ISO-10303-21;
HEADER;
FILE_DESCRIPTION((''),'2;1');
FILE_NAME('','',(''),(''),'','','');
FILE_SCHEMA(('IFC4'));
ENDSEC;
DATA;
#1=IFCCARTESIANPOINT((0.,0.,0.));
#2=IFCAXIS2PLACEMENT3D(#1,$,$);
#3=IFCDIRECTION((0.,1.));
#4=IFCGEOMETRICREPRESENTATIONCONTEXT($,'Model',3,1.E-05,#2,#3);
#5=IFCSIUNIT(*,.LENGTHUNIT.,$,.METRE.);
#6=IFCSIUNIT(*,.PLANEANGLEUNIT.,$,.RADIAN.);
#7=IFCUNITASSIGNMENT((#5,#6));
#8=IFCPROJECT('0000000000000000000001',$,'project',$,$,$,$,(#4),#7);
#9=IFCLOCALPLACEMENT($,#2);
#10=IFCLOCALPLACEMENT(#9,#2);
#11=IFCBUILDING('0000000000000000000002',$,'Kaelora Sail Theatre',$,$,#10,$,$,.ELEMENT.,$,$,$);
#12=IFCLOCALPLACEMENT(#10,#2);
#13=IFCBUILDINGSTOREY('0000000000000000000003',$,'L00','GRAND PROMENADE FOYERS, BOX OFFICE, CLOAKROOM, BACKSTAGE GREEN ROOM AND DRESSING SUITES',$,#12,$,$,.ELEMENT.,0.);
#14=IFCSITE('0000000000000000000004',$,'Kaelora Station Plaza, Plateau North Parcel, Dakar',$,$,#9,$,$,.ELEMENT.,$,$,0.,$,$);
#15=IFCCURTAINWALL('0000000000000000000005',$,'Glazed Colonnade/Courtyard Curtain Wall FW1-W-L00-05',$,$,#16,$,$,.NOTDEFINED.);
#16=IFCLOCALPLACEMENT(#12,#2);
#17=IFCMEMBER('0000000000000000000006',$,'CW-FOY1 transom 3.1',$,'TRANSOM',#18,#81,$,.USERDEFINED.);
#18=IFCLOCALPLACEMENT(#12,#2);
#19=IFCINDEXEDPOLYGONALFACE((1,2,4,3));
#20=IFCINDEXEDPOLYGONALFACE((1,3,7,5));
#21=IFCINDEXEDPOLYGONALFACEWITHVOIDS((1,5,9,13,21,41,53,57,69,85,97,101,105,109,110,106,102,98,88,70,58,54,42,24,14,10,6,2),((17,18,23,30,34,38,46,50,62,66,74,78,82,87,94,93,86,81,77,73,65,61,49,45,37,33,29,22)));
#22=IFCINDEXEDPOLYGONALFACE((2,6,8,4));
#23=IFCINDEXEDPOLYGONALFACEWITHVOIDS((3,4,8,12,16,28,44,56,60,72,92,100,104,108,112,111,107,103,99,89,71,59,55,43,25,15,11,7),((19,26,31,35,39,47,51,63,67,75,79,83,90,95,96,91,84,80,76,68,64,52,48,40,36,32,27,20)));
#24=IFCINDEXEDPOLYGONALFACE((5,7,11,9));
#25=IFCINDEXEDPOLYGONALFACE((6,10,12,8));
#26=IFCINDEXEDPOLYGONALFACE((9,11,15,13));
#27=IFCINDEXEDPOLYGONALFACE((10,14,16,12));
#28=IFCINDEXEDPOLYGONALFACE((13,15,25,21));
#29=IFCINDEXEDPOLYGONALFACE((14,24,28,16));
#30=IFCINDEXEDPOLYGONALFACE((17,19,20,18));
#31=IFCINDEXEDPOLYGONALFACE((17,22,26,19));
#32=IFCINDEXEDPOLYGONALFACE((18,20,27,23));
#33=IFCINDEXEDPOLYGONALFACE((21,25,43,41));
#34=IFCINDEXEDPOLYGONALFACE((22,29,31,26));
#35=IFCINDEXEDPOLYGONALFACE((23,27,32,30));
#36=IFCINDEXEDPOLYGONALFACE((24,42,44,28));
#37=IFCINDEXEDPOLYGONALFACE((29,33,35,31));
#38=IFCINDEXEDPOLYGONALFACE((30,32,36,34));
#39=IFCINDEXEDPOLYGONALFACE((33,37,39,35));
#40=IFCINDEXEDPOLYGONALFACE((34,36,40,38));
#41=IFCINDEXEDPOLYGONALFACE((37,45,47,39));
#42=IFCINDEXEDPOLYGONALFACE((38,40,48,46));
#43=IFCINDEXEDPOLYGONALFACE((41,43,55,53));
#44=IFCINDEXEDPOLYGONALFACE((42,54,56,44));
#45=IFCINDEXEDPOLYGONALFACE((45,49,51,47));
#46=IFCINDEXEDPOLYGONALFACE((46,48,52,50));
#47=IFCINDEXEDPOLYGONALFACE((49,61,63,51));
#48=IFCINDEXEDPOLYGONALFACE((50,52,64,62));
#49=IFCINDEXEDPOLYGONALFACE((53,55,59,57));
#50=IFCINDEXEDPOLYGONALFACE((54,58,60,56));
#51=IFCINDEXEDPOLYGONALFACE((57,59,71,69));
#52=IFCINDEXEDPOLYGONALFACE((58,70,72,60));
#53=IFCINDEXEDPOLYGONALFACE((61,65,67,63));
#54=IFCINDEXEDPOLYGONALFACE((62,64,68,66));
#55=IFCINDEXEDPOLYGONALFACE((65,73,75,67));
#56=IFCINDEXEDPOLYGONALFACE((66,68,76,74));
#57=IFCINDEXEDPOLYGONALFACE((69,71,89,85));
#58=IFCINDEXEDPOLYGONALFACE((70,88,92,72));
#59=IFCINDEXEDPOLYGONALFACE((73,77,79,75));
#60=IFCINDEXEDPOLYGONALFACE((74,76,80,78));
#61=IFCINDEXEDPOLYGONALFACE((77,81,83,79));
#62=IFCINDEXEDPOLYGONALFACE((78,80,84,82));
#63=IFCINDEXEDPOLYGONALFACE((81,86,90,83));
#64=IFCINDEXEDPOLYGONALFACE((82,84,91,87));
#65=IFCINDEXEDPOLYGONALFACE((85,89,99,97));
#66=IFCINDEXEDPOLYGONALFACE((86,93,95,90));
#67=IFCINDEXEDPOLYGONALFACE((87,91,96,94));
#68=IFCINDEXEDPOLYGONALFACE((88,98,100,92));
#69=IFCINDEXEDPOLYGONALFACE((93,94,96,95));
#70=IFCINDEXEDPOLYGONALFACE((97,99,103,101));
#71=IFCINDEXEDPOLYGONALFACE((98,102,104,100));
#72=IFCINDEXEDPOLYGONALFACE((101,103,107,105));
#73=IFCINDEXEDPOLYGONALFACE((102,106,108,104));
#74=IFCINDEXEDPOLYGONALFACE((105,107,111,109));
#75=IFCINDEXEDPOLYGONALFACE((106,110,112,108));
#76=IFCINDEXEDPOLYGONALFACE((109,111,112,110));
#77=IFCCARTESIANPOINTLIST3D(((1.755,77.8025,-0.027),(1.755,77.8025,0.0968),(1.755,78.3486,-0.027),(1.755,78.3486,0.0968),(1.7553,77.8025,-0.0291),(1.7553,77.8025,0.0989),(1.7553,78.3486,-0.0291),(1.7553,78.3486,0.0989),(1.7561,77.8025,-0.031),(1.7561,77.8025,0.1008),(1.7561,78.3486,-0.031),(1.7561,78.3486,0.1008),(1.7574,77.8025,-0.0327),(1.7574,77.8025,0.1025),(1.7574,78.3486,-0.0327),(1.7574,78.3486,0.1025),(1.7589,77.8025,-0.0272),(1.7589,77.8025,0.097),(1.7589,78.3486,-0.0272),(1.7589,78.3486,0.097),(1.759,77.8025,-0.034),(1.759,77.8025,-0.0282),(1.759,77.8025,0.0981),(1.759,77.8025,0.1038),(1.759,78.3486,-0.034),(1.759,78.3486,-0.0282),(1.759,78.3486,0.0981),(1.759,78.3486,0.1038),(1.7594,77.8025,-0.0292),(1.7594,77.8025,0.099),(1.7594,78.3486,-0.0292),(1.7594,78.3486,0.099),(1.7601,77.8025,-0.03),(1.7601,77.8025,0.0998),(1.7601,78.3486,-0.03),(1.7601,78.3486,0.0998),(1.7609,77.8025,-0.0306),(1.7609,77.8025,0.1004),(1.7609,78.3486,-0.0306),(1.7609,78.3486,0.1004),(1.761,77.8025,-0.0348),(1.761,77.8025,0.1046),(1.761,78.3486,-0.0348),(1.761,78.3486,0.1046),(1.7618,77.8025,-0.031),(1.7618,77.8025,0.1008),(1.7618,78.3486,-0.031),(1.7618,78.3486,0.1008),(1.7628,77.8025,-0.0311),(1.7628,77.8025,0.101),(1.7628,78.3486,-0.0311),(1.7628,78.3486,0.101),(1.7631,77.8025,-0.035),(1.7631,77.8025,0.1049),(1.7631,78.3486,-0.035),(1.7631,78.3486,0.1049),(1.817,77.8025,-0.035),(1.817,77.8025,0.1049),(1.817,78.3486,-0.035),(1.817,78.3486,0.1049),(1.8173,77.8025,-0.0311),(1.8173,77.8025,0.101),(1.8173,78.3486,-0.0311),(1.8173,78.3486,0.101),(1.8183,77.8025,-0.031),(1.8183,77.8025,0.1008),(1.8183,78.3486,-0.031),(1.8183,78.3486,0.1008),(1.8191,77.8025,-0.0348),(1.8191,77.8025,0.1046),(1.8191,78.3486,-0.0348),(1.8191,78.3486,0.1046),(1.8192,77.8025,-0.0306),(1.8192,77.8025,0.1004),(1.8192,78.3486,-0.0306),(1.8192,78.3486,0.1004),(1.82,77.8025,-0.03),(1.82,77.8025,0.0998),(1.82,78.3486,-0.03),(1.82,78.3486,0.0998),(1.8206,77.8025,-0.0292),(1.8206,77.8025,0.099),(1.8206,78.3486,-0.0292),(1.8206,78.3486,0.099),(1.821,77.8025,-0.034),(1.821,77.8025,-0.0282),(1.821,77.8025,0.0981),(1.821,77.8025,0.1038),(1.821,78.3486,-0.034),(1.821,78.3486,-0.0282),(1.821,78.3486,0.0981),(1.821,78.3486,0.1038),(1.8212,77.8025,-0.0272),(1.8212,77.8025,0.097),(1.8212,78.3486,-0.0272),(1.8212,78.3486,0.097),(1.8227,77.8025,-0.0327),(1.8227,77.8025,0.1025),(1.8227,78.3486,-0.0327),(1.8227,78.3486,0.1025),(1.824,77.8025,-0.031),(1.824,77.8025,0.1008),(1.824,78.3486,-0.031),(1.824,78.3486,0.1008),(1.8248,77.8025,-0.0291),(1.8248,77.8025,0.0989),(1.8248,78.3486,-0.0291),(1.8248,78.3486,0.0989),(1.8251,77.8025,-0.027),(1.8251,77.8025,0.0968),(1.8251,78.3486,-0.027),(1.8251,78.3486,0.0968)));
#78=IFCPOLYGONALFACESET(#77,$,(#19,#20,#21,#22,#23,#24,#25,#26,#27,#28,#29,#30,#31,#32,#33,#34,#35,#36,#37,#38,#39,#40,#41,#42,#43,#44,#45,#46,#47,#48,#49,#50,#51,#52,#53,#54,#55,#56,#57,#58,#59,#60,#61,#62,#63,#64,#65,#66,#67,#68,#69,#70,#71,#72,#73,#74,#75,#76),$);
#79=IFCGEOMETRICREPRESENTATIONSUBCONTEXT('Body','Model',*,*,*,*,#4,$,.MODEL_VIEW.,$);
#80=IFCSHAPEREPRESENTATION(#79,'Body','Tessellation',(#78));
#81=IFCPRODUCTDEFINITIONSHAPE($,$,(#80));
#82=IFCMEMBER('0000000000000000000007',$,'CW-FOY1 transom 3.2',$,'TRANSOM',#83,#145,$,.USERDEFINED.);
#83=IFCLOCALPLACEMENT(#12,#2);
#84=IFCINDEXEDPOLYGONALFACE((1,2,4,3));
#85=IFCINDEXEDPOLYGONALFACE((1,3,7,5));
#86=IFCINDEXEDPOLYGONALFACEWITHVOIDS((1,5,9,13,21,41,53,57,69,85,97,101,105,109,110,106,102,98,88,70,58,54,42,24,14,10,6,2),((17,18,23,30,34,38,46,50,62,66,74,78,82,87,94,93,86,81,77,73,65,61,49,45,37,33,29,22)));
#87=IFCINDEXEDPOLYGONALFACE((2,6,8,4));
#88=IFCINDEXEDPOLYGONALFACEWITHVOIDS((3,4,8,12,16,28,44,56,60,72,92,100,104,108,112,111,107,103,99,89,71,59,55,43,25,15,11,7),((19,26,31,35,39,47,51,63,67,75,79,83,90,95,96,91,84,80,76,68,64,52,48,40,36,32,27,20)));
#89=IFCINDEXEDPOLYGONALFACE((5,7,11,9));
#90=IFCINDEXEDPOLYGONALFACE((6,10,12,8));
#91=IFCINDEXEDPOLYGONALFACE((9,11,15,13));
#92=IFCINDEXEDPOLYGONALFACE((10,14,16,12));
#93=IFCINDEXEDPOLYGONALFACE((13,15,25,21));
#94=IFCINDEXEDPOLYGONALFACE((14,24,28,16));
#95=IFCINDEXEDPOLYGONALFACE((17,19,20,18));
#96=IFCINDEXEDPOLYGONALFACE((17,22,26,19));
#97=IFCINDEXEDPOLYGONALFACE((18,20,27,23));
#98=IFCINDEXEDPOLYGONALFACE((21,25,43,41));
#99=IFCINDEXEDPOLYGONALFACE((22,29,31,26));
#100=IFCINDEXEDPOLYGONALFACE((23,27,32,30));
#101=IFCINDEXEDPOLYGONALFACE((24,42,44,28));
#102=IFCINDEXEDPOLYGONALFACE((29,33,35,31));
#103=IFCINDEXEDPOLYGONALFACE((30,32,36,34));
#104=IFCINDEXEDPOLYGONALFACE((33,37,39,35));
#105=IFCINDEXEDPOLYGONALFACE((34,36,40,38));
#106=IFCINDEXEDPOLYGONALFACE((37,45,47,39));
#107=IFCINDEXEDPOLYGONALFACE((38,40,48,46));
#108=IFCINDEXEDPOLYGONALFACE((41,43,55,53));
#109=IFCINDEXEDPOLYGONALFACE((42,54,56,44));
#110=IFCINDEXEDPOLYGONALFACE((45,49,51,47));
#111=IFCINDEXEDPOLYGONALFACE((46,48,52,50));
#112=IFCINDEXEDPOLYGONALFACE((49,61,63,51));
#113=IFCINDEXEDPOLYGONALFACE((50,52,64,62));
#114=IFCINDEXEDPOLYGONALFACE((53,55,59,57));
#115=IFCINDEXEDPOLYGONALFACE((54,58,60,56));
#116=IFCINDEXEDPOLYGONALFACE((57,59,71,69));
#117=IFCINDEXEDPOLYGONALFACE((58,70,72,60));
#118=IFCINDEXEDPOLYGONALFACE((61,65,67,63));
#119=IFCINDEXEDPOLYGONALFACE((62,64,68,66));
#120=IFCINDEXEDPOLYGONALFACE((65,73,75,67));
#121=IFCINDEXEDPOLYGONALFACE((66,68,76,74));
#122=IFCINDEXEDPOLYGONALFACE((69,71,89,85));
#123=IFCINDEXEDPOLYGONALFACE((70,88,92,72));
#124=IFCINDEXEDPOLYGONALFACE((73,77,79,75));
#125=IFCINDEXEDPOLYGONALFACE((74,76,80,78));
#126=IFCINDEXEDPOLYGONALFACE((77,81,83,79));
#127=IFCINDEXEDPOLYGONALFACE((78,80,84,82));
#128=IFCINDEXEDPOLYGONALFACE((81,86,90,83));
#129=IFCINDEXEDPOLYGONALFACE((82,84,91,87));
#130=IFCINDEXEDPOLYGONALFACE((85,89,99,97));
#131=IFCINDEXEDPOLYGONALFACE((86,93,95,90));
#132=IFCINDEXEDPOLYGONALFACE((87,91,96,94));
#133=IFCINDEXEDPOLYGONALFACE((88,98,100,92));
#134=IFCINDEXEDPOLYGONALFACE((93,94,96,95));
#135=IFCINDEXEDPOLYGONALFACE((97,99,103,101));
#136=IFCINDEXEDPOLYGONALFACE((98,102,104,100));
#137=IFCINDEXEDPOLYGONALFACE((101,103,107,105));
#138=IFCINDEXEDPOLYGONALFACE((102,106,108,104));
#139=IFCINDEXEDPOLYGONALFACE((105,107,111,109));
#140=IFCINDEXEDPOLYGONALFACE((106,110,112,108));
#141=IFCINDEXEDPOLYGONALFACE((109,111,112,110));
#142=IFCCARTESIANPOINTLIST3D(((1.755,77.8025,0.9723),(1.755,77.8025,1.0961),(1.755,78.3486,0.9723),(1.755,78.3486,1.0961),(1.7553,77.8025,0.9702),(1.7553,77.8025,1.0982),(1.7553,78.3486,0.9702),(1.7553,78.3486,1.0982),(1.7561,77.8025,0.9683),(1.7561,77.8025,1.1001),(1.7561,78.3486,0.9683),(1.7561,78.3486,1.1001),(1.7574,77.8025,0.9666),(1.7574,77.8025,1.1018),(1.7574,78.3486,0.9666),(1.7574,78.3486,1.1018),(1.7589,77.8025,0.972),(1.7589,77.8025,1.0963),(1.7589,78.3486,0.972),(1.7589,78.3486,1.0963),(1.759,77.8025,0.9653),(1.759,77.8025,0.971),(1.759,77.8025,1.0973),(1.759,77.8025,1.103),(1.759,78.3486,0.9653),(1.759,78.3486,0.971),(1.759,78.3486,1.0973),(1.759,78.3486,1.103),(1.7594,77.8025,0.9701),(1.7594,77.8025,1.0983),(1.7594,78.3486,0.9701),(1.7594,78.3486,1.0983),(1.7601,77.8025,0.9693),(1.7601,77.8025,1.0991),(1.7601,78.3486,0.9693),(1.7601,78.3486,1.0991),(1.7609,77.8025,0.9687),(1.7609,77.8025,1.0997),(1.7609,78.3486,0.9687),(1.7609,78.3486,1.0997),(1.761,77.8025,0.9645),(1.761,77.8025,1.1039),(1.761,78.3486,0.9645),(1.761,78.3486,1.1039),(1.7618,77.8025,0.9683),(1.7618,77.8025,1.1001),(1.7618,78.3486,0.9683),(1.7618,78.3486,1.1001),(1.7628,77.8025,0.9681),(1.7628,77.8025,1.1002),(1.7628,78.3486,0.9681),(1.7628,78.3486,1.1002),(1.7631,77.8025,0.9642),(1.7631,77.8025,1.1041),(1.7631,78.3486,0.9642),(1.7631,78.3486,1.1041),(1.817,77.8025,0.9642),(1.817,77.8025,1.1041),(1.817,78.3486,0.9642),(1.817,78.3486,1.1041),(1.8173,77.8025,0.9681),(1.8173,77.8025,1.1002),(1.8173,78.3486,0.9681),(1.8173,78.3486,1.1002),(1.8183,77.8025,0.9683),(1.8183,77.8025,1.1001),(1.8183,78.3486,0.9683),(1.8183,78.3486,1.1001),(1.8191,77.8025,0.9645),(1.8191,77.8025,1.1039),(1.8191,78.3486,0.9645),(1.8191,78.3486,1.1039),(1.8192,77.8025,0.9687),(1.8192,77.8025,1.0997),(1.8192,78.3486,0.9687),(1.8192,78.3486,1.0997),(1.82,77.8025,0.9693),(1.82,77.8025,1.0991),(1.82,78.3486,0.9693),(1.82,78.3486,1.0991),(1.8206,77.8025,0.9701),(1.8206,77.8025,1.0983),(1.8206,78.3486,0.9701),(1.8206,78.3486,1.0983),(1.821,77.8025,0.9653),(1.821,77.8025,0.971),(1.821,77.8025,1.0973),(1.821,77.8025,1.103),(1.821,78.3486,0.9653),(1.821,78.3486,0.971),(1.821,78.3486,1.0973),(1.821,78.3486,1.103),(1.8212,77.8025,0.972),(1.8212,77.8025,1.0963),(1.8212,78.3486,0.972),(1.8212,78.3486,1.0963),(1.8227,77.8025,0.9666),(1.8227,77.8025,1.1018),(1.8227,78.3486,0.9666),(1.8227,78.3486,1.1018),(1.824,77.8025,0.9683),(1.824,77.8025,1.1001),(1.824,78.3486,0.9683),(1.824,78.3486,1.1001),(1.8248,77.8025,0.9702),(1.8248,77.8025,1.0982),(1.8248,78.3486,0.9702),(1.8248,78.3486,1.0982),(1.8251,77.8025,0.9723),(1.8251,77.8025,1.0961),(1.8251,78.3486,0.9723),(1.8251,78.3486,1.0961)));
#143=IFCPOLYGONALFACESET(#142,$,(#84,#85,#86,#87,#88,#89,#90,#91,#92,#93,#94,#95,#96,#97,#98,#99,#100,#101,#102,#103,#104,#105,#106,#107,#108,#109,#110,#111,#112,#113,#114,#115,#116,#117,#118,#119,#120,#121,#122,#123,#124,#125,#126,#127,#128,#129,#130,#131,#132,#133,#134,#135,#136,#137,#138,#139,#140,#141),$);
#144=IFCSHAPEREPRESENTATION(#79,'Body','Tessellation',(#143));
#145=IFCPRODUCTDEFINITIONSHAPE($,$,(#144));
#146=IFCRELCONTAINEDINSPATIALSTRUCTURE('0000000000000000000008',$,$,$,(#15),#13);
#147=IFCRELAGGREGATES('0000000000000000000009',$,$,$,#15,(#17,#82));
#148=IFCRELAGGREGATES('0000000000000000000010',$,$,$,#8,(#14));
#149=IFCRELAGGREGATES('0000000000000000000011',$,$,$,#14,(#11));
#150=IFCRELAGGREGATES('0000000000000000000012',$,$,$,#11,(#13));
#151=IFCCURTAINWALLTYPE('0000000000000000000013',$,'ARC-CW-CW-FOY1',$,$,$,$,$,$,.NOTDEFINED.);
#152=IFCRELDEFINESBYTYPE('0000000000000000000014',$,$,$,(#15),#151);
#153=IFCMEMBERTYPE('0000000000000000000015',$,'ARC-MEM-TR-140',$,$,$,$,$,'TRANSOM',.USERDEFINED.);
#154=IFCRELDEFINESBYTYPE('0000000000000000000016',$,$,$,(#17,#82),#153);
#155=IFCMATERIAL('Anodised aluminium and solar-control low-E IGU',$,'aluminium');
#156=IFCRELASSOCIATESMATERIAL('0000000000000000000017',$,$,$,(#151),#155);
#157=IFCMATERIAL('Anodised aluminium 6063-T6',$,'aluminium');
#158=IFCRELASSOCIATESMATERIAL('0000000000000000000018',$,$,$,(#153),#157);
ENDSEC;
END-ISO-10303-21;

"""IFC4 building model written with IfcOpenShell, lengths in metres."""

from ifc_helpers import new_model, si_unit, direction, frame, origin, origin_2d, place, context, subcontext, project, spatial, hollow_rectangle, extrude, material, material_profile, profile_set, type_object, element, aggregate, save


model = new_model("IFC4")

# Units and contexts
model_context = context("Model", 3, precision=1e-05, world=origin(), true_north=direction((0.0, 1.0)))
body_context = subcontext(model_context, "Body", "Model", "MODEL_VIEW")
ifc_project = project(units=[si_unit("LENGTHUNIT", "METRE"), si_unit("PLANEANGLEUNIT", "RADIAN")], contexts=[model_context])

# Site, building, storey
site_placement = place(None, origin())
site = spatial("IfcSite", under=ifc_project, at=site_placement, Name="Kaelora Station Plaza, Plateau North Parcel, Dakar", CompositionType="ELEMENT", RefElevation=0.0)
building_placement = place(site_placement, origin())
building = spatial("IfcBuilding", under=site, at=building_placement, Name="Kaelora Sail Theatre", CompositionType="ELEMENT")
storey_placement = place(building_placement, origin())
storey = spatial("IfcBuildingStorey", under=building, at=storey_placement, Name="L00", Description="GRAND PROMENADE FOYERS, BOX OFFICE, CLOAKROOM, BACKSTAGE GREEN ROOM AND DRESSING SUITES", CompositionType="ELEMENT", Elevation=0.0)

# Curtain wall, members
ifc_material_1 = material(Name="Anodised aluminium and solar-control low-E IGU", Category="aluminium")
curtain_wall_type = type_object("IfcCurtainWallType", Name="ARC-CW-CW-FOY1", PredefinedType="NOTDEFINED", material=ifc_material_1)
curtain_wall_placement = place(storey_placement, origin())
curtain_wall = element("IfcCurtainWall", 1, at=curtain_wall_placement, inside=storey, type_object=curtain_wall_type, Name="Glazed Colonnade/Courtyard Curtain Wall FW1-W-L00-05", PredefinedType="NOTDEFINED")
ifc_material_2 = material(Name="Anodised aluminium 6063-T6", Category="aluminium")
ifc_material_profile_1 = material_profile(ifc_material_2, hollow_rectangle(XDim=0.0701, YDim=0.1399, WallThickness=0.0039, InnerFilletRadius=0.0039, OuterFilletRadius=0.0081, at=origin_2d()), Name="ALU-TRAN 70x140x4")
ifc_profile_set_1 = profile_set([ifc_material_profile_1], Name="Anodised aluminium 6063-T6")
member_type_1 = type_object("IfcMemberType", Name="ARC-MEM-TR-140", ElementType="TRANSOM", PredefinedType="USERDEFINED", material=ifc_profile_set_1)
member_1_placement = place(storey_placement, frame((1.79, 77.8025, 0.0349), z_axis=(0.0, 1.0, 0.0), x_axis=(-1.0, 0.0, 0.0)))
member_1 = element("IfcMember", 2, at=member_1_placement, type_object=member_type_1, Name="CW-FOY1 transom 3.1", ObjectType="TRANSOM", PredefinedType="USERDEFINED", context=body_context, shape_type="SweptSolid", body=[
    extrude(hollow_rectangle(XDim=0.0701, YDim=0.1399, WallThickness=0.0039, InnerFilletRadius=0.0039, OuterFilletRadius=0.0081, at=origin_2d()), origin(), (0.0, 0.0, 1.0), 0.5461),
])
member_2_placement = place(storey_placement, frame((1.79, 77.8025, 1.0342), z_axis=(0.0, 1.0, 0.0), x_axis=(-1.0, 0.0, 0.0)))
member_2 = element("IfcMember", 3, at=member_2_placement, type_object=member_type_1, Name="CW-FOY1 transom 3.2", ObjectType="TRANSOM", PredefinedType="USERDEFINED", context=body_context, shape_type="SweptSolid", body=[
    extrude(hollow_rectangle(XDim=0.0701, YDim=0.1399, WallThickness=0.0039, InnerFilletRadius=0.0039, OuterFilletRadius=0.0081, at=origin_2d()), origin(), (0.0, 0.0, 1.0), 0.5461),
])
aggregate(curtain_wall, [member_1, member_2])

save(model, "model.ifc")
